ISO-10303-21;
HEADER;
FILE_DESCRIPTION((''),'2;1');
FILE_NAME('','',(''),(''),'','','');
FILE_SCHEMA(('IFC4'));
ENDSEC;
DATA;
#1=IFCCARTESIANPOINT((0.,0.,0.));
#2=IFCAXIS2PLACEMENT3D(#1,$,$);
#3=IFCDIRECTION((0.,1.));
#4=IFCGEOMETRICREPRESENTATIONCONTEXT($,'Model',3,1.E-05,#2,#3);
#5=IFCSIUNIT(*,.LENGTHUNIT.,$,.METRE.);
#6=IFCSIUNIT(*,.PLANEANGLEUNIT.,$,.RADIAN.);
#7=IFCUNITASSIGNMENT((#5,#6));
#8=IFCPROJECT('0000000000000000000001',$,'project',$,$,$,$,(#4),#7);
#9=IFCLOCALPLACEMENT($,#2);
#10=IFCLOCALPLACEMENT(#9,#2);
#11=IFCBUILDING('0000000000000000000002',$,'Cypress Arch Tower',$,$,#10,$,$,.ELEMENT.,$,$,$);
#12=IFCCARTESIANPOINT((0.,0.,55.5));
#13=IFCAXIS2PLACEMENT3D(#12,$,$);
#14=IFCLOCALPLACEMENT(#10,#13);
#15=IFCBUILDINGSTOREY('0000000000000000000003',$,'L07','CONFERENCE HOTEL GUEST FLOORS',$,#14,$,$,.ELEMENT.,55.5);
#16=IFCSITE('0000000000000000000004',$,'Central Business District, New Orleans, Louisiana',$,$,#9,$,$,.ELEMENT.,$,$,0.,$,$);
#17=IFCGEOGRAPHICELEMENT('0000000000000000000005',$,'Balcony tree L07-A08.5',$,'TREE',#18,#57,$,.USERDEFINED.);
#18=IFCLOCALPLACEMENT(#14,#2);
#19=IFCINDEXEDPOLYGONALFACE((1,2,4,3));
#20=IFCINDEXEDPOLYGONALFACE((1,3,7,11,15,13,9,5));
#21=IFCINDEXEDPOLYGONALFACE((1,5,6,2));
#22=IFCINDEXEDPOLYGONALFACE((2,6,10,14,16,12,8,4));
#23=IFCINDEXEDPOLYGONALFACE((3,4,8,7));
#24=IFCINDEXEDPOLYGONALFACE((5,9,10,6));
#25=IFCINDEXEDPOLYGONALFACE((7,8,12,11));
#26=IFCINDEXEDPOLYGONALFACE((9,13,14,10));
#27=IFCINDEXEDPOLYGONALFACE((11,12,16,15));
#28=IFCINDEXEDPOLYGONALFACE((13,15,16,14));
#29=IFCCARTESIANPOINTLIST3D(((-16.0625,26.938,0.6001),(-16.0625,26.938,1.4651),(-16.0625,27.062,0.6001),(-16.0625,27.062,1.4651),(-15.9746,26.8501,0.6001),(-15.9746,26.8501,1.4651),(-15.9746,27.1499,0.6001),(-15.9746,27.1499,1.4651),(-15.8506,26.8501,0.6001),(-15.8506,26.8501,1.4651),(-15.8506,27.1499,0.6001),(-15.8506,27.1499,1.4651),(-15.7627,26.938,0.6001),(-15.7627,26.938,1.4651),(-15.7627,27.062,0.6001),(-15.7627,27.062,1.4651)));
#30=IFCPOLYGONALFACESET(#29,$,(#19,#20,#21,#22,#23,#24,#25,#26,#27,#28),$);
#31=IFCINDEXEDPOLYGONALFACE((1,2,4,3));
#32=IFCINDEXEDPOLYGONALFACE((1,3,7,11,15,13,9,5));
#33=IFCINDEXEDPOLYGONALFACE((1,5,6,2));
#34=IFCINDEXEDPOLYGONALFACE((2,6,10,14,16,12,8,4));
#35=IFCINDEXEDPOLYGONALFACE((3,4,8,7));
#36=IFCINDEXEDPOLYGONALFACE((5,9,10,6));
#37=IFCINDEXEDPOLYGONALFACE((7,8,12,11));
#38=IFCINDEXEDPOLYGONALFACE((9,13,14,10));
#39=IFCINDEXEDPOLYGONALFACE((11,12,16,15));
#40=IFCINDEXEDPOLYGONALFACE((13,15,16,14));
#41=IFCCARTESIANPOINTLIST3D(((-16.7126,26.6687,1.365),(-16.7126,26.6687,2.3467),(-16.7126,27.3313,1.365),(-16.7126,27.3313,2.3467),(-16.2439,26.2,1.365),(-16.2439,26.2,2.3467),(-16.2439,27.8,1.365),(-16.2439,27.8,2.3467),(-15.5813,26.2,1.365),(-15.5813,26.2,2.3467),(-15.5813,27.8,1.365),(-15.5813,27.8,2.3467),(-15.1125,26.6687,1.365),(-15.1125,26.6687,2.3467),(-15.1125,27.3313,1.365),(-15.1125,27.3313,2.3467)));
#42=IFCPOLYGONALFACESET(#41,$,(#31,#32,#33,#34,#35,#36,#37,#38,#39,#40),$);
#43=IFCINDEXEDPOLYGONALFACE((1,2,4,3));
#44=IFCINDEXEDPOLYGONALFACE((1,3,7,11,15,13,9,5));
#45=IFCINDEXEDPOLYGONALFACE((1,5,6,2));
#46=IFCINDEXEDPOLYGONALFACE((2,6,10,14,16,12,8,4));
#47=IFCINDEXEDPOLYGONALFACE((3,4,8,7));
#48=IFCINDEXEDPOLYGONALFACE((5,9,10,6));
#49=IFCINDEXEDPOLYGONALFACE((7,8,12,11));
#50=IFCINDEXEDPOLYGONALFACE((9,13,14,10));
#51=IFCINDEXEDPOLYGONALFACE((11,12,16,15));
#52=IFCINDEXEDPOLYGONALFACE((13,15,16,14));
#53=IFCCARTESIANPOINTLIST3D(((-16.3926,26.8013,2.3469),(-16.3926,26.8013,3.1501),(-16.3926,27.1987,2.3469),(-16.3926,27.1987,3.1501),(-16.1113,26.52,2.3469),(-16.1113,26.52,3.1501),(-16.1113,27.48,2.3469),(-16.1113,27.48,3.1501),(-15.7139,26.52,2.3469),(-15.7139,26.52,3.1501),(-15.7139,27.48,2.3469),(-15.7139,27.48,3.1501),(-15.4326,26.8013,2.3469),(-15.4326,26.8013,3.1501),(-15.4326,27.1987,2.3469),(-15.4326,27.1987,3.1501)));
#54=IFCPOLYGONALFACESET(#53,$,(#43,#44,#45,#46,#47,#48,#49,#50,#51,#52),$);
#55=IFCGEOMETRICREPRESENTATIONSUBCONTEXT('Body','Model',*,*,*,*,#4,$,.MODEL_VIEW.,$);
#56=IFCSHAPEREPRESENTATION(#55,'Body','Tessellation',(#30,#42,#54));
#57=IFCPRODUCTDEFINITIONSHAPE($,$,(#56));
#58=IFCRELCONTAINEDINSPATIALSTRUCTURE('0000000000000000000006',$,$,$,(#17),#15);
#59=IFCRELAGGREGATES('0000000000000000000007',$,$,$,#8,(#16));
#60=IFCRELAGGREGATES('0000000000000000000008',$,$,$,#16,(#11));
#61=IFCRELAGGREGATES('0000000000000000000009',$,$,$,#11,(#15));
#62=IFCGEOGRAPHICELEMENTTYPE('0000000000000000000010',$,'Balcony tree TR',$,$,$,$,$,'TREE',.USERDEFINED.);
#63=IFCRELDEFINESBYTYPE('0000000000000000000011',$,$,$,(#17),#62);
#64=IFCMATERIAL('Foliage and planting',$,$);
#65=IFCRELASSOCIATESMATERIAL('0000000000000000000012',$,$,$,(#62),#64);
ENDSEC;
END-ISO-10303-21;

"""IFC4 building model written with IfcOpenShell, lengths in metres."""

from ifc_helpers import new_model, si_unit, direction, frame, origin, place, context, subcontext, project, spatial, polyline, outline, extrude, material, type_object, element, save


model = new_model("IFC4")

# Units and contexts
model_context = context("Model", 3, precision=1e-05, world=origin(), true_north=direction((0.0, 1.0)))
body_context = subcontext(model_context, "Body", "Model", "MODEL_VIEW")
ifc_project = project(units=[si_unit("LENGTHUNIT", "METRE"), si_unit("PLANEANGLEUNIT", "RADIAN")], contexts=[model_context])

# Site, building, storey
site_placement = place(None, origin())
site = spatial("IfcSite", under=ifc_project, at=site_placement, Name="Central Business District, New Orleans, Louisiana", CompositionType="ELEMENT", RefElevation=0.0)
building_placement = place(site_placement, origin())
building = spatial("IfcBuilding", under=site, at=building_placement, Name="Cypress Arch Tower", CompositionType="ELEMENT")
storey_placement = place(building_placement, frame((0.0, 0.0, 55.5)))
storey = spatial("IfcBuildingStorey", under=building, at=storey_placement, Name="L07", Description="CONFERENCE HOTEL GUEST FLOORS", CompositionType="ELEMENT", Elevation=55.5)

# Geographic element
ifc_material_1 = material(Name="Foliage and planting")
geographic_element_type = type_object("IfcGeographicElementType", Name="Balcony tree TR", ElementType="TREE", PredefinedType="USERDEFINED", material=ifc_material_1)
geographic_element_placement = place(storey_placement, frame((-15.9126, 27.0, 0.6001), z_axis=(0.0, 0.0, 1.0), x_axis=(1.0, 0.0, 0.0)))
element("IfcGeographicElement", 1, at=geographic_element_placement, inside=storey, type_object=geographic_element_type, Name="Balcony tree L07-A08.5", ObjectType="TREE", PredefinedType="USERDEFINED", context=body_context, shape_type="SweptSolid", body=[
    extrude(outline(polyline([(0.1499, 0.062), (0.062, 0.1499), (-0.062, 0.1499), (-0.1499, 0.062), (-0.1499, -0.062), (-0.062, -0.1499), (0.062, -0.1499), (0.1499, -0.062), (0.1499, 0.062)])), origin(), (0.0, 0.0, 1.0), 0.865),
    extrude(outline(polyline([(0.8, 0.3313), (0.3313, 0.8), (-0.3313, 0.8), (-0.8, 0.3313), (-0.8, -0.3313), (-0.3313, -0.8), (0.3313, -0.8), (0.8, -0.3313), (0.8, 0.3313)])), frame((0.0, 0.0, 0.7649)), (0.0, 0.0, 1.0), 0.9817),
    extrude(outline(polyline([(0.48, 0.1987), (0.1987, 0.48), (-0.1987, 0.48), (-0.48, 0.1987), (-0.48, -0.1987), (-0.1987, -0.48), (0.1987, -0.48), (0.48, -0.1987), (0.48, 0.1987)])), frame((0.0, 0.0, 1.7468)), (0.0, 0.0, 1.0), 0.8032),
])

save(model, "model.ifc")
